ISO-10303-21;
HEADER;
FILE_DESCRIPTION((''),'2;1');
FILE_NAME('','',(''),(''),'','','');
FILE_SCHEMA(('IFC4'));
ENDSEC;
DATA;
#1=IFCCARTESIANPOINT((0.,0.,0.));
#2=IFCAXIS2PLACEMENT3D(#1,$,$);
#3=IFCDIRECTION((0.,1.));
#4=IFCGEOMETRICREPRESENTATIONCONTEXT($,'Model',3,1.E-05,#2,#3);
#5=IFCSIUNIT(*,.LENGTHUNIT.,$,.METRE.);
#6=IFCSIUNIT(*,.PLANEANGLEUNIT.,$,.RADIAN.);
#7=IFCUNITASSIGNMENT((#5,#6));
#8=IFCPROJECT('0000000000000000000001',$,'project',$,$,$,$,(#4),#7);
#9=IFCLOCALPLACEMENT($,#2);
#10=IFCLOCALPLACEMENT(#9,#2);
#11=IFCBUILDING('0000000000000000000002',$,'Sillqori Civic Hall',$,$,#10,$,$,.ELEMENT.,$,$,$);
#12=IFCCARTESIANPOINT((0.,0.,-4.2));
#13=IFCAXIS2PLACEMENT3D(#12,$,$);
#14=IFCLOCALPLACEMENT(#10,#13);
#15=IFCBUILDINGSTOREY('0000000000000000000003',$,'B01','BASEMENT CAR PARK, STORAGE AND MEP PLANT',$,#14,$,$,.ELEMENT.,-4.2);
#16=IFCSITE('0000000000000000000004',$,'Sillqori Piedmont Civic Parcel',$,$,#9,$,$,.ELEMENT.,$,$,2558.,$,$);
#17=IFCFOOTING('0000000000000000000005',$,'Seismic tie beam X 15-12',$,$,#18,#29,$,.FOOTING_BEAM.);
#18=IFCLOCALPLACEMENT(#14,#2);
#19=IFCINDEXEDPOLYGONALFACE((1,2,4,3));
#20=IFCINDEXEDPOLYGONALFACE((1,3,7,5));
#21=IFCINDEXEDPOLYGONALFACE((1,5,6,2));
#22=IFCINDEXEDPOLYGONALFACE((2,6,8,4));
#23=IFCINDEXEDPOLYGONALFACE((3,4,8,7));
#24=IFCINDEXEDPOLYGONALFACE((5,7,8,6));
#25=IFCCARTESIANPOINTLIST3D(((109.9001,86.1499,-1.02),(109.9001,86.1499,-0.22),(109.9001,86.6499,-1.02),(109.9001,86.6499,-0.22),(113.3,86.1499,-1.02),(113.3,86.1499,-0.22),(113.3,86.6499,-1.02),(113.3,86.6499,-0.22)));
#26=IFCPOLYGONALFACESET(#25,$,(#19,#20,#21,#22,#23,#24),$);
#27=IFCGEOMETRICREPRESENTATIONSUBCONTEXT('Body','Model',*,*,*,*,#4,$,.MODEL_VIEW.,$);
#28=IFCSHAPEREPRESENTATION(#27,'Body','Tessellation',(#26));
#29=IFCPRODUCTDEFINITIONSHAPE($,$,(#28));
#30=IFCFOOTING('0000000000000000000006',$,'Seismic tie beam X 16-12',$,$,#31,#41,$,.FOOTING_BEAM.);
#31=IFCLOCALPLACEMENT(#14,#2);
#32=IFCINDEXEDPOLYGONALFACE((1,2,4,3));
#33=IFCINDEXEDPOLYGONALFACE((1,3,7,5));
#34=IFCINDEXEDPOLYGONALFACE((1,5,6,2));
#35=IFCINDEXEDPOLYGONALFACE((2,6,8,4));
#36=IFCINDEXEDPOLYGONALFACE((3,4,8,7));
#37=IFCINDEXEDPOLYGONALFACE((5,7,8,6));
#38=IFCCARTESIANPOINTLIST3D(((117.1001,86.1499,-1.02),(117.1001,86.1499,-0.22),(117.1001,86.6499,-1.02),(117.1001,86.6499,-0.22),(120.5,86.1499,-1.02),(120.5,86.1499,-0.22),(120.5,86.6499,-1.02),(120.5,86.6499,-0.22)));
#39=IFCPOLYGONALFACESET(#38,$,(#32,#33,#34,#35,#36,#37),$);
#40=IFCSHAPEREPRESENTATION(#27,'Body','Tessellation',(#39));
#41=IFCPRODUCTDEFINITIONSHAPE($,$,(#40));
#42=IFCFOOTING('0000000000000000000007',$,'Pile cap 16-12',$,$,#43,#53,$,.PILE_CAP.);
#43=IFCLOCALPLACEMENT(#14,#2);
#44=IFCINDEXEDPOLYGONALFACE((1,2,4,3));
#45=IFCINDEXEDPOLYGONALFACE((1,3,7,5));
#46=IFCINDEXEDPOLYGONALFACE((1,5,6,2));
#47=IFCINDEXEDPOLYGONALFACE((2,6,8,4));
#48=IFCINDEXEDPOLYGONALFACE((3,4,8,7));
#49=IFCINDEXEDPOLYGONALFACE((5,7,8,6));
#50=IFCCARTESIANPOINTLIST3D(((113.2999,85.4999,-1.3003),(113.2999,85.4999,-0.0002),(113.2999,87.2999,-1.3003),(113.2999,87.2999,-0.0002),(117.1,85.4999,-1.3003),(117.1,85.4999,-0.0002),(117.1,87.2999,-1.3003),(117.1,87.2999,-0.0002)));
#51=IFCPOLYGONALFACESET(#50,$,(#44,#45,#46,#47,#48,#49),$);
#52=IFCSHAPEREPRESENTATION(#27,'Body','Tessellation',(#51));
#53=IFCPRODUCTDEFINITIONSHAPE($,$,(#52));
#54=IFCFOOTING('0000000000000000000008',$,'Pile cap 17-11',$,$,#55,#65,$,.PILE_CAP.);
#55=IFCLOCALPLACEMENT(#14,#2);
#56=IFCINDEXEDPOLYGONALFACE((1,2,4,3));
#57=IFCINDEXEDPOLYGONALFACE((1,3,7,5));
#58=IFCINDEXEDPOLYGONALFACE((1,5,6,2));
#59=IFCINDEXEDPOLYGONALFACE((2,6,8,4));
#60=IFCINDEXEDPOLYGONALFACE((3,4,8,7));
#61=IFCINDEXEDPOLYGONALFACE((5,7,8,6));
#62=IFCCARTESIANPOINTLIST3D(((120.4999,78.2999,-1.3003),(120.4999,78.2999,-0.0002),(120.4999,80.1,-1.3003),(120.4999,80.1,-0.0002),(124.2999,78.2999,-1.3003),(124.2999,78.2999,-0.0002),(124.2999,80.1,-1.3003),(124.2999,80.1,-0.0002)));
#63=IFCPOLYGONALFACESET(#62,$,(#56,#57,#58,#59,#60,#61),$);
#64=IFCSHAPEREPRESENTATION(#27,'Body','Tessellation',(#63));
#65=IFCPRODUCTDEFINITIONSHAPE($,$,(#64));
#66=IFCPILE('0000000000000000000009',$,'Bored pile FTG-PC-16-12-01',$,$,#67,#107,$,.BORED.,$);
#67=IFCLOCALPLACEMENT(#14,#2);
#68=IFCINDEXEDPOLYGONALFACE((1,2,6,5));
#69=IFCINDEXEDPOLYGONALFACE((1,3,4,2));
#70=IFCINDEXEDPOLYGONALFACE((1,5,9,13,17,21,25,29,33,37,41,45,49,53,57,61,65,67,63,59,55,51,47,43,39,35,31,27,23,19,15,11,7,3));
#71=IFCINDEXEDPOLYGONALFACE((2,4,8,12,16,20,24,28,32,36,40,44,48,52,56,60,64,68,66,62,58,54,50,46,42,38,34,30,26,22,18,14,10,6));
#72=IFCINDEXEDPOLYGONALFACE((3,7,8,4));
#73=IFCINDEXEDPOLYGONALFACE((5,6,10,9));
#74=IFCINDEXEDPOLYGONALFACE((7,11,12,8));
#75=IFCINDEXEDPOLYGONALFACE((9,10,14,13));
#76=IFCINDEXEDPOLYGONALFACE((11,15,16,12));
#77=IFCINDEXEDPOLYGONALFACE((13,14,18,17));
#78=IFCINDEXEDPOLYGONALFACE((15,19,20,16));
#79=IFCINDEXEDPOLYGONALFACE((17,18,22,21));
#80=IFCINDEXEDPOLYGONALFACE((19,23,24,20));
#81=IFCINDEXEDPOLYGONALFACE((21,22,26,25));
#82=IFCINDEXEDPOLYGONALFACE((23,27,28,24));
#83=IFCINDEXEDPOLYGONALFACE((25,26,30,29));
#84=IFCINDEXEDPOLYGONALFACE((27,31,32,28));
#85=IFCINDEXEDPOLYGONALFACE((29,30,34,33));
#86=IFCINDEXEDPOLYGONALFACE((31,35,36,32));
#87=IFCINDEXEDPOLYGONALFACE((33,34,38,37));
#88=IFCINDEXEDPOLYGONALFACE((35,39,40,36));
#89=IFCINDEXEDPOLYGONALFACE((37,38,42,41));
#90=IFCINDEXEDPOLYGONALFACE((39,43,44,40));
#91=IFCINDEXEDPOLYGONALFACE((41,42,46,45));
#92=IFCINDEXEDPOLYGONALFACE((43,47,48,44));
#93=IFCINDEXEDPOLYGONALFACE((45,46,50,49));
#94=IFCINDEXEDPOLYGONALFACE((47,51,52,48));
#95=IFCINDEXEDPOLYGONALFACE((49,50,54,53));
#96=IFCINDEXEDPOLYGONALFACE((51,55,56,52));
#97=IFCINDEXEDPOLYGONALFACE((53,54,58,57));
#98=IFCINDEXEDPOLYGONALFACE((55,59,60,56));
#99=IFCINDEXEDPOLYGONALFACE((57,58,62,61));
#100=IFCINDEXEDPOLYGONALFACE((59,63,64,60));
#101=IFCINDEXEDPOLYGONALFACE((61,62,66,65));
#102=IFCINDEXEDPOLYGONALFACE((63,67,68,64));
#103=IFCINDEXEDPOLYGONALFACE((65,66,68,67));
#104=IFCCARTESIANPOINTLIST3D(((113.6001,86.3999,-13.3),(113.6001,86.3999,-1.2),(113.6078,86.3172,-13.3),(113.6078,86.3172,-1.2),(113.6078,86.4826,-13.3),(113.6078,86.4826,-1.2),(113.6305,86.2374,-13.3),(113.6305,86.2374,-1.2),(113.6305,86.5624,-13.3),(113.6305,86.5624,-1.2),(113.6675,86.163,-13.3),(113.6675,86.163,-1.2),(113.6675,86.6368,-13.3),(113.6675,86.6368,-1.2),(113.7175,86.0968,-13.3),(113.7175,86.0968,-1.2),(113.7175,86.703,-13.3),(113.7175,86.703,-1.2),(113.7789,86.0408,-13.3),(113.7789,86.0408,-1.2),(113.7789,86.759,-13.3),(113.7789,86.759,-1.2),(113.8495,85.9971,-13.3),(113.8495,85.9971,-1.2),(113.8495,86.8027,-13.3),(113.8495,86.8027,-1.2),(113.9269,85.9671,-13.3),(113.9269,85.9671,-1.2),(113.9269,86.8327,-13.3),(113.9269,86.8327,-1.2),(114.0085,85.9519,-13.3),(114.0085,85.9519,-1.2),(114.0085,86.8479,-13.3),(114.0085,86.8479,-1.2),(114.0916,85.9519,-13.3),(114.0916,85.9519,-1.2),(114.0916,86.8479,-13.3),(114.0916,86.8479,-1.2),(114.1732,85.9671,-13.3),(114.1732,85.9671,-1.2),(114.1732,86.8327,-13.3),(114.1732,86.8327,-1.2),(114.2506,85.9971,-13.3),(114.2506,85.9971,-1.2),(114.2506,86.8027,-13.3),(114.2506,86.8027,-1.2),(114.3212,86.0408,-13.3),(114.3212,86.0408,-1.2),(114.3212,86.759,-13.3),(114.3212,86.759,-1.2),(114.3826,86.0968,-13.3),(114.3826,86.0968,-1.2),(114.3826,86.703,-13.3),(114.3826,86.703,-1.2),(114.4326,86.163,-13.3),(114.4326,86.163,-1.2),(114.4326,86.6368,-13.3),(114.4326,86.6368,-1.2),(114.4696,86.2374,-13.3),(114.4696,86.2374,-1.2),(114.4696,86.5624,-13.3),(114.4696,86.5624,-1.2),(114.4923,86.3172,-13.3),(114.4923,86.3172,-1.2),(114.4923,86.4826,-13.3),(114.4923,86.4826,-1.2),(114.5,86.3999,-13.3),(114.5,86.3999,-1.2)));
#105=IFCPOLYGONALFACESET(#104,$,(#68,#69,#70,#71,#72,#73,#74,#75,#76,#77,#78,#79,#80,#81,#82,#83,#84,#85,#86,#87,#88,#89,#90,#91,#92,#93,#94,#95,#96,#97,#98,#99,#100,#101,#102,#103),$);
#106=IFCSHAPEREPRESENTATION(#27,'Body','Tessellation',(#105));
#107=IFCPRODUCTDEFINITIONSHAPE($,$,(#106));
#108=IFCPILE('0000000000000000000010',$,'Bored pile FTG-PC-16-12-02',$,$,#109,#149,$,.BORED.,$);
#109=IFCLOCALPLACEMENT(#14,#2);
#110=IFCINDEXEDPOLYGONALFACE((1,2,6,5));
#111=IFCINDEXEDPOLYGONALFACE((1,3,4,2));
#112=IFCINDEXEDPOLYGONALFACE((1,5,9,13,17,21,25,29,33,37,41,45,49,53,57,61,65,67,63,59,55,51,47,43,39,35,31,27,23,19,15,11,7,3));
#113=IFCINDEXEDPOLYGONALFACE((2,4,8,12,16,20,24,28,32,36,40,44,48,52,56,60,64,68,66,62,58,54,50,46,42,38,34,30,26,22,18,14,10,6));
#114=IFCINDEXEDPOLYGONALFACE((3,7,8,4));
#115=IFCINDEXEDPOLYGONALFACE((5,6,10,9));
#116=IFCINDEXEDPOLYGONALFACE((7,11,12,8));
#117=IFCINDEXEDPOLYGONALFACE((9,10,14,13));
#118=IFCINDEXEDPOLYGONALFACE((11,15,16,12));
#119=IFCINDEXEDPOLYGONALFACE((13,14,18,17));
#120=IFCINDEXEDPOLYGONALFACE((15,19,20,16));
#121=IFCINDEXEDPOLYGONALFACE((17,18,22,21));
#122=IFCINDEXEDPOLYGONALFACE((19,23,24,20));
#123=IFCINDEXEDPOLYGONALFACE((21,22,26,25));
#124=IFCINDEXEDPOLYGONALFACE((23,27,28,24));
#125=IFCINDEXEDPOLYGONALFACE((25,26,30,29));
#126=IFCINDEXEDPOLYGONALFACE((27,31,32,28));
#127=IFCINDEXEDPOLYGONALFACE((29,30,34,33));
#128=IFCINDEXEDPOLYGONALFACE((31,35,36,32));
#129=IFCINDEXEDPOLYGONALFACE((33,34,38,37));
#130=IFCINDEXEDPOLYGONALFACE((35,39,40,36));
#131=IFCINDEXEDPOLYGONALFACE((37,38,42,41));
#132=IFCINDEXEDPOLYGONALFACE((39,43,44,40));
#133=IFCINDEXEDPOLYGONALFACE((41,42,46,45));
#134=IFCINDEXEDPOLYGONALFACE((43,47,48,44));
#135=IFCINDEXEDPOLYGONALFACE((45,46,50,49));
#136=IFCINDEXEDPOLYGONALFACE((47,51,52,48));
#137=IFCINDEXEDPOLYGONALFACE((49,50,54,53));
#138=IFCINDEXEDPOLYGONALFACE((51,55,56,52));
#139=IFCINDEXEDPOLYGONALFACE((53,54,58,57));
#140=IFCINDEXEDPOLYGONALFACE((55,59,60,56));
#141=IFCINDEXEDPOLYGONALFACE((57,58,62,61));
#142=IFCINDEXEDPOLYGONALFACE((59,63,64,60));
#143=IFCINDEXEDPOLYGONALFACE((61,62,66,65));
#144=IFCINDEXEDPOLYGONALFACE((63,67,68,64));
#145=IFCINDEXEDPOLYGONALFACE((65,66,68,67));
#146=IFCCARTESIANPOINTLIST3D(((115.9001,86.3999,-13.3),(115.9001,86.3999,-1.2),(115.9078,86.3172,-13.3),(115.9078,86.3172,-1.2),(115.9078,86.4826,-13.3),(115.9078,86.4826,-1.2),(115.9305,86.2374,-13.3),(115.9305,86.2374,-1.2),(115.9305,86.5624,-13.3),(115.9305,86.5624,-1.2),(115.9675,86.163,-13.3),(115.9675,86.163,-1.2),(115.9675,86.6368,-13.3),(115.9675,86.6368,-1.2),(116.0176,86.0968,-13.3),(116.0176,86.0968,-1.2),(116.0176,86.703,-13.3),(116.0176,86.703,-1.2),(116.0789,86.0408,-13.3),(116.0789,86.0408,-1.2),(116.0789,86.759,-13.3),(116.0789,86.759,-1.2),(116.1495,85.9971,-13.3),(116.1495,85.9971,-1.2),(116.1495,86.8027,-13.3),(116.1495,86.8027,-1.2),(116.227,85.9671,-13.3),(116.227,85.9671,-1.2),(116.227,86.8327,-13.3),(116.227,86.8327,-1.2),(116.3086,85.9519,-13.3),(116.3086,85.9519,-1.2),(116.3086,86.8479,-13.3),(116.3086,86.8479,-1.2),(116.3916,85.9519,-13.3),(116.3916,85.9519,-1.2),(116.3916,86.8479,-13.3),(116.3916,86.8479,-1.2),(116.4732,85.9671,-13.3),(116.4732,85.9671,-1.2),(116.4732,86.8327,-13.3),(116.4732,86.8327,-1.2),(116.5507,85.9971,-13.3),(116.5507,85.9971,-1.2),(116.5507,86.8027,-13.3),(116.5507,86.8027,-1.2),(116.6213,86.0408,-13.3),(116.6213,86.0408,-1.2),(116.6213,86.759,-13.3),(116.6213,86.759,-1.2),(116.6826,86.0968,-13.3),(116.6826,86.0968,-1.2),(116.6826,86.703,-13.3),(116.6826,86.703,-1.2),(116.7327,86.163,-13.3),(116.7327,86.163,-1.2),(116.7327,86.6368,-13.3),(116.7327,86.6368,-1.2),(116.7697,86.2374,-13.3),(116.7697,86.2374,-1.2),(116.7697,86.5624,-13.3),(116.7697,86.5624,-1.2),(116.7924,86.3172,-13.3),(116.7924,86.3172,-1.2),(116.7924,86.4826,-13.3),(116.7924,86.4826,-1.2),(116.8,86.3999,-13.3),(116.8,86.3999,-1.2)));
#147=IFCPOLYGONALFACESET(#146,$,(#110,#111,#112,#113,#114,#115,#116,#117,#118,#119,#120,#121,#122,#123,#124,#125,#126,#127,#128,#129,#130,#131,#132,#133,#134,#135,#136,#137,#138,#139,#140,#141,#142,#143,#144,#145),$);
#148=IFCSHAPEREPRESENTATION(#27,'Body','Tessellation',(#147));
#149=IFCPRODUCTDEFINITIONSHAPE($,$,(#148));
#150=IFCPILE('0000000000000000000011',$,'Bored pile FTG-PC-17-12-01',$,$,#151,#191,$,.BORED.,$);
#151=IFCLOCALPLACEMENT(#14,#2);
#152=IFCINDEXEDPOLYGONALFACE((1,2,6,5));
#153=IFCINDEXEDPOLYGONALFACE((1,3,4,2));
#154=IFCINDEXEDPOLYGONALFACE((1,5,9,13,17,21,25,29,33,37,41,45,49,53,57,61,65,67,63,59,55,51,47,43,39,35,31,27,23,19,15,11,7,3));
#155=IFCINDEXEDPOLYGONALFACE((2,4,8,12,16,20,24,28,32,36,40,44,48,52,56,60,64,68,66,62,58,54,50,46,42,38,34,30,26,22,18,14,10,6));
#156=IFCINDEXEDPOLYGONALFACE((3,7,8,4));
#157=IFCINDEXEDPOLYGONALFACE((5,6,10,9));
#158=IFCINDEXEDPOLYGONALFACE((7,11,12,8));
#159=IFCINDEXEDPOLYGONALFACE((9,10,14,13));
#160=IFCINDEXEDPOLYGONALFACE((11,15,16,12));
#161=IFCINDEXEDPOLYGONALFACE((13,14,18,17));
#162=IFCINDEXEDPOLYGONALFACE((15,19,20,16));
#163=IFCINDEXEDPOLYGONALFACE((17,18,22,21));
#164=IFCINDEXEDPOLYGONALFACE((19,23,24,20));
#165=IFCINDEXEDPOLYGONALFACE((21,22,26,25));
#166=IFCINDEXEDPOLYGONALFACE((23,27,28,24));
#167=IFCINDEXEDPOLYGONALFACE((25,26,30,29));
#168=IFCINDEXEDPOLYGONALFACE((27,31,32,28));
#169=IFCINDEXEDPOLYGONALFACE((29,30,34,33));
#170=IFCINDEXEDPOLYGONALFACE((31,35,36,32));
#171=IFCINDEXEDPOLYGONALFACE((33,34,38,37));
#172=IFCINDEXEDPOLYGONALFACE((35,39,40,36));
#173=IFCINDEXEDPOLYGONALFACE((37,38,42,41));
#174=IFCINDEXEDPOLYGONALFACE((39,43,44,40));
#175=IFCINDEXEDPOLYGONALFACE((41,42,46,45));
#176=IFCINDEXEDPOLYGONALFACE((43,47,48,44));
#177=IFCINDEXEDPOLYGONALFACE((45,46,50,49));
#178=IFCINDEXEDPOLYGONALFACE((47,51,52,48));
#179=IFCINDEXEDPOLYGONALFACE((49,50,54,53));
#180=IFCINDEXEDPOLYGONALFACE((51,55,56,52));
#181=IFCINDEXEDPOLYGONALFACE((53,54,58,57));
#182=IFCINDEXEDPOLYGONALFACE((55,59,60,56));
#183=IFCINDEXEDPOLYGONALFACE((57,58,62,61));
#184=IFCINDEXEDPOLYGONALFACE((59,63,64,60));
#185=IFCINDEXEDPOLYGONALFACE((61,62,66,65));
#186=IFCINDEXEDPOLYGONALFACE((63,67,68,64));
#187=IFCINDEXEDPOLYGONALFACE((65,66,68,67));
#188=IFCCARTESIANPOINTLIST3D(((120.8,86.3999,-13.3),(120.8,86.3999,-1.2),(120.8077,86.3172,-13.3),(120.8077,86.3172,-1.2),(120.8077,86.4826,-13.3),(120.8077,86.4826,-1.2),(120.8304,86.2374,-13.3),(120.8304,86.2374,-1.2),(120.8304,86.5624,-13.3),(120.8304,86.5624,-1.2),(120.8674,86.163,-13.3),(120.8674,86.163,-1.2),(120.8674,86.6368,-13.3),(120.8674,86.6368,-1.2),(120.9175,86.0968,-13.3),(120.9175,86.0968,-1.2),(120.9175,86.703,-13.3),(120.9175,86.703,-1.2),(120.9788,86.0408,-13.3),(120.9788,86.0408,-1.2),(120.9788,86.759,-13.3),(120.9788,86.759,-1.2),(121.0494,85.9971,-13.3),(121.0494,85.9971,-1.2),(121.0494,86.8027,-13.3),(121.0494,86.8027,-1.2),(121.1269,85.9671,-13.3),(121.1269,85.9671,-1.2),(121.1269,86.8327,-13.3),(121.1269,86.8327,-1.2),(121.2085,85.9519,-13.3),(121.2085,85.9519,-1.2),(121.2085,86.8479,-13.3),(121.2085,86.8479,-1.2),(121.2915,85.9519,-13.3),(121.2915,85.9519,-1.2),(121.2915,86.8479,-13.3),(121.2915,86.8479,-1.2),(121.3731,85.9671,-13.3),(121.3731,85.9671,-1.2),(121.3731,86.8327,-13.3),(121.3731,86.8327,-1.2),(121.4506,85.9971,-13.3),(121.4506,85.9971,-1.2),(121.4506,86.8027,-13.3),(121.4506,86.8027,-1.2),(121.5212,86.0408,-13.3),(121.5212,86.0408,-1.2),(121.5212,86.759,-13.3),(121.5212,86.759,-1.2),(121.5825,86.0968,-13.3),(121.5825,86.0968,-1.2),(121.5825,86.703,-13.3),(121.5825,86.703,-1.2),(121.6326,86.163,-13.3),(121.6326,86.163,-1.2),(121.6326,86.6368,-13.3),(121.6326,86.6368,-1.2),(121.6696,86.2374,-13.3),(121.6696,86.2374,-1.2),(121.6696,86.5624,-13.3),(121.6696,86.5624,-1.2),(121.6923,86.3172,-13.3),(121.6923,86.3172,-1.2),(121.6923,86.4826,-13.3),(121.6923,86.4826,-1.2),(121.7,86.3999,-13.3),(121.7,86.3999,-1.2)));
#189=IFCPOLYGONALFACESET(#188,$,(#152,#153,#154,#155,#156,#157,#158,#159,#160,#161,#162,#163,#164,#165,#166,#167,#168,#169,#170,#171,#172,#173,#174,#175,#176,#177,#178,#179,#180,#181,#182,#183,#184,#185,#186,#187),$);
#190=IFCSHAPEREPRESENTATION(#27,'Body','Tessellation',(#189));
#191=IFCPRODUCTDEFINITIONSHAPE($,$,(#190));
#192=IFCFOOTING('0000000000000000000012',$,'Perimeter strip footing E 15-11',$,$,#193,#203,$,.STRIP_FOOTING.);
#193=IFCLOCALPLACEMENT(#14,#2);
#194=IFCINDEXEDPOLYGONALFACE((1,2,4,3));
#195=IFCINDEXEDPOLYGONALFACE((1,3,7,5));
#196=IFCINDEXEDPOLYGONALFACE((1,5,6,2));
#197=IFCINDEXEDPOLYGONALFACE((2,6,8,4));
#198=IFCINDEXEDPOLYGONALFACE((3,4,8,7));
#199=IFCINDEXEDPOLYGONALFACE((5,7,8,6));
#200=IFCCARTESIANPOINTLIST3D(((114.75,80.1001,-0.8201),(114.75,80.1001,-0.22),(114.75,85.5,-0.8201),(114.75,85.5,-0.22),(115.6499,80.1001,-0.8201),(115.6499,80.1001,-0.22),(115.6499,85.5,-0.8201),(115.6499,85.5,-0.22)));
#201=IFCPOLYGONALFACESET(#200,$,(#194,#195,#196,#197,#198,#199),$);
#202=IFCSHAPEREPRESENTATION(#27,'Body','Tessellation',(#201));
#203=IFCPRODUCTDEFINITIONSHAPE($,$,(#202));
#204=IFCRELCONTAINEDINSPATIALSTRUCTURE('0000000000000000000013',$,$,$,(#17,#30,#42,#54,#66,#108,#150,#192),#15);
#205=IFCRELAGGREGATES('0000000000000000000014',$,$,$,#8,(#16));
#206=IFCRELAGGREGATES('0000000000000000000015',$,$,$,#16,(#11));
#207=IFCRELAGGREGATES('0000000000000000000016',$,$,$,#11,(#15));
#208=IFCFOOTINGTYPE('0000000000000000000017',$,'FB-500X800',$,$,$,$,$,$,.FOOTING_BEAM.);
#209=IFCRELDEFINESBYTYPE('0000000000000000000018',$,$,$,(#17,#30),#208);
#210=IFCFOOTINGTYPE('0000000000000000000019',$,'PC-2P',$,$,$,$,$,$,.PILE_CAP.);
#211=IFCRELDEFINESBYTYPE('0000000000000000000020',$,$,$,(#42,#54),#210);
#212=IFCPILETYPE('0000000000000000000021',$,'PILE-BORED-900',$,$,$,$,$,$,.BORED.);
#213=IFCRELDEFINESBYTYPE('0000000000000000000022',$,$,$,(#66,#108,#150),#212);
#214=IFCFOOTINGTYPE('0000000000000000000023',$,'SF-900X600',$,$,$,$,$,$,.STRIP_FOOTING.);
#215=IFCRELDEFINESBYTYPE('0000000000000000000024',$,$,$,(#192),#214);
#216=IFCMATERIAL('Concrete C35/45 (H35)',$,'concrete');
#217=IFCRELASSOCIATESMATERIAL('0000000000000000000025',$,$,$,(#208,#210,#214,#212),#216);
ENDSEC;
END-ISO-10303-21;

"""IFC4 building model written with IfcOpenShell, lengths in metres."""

from ifc_helpers import new_model, si_unit, direction, frame, origin, origin_2d, place, context, subcontext, project, spatial, rectangle, circle, extrude, material, material_profile, profile_set, type_object, element, save


model = new_model("IFC4")

# Units and contexts
model_context = context("Model", 3, precision=1e-05, world=origin(), true_north=direction((0.0, 1.0)))
body_context = subcontext(model_context, "Body", "Model", "MODEL_VIEW")
ifc_project = project(units=[si_unit("LENGTHUNIT", "METRE"), si_unit("PLANEANGLEUNIT", "RADIAN")], contexts=[model_context])

# Site, building, storey
site_placement = place(None, origin())
site = spatial("IfcSite", under=ifc_project, at=site_placement, Name="Sillqori Piedmont Civic Parcel", CompositionType="ELEMENT", RefElevation=2558.0)
building_placement = place(site_placement, origin())
building = spatial("IfcBuilding", under=site, at=building_placement, Name="Sillqori Civic Hall", CompositionType="ELEMENT")
storey_placement = place(building_placement, frame((0.0, 0.0, -4.2)))
storey = spatial("IfcBuildingStorey", under=building, at=storey_placement, Name="B01", Description="BASEMENT CAR PARK, STORAGE AND MEP PLANT", CompositionType="ELEMENT", Elevation=-4.2)

# Footings
ifc_material_1 = material(Name="Concrete C35/45 (H35)", Category="concrete")
footing_type_1 = type_object("IfcFootingType", Name="FB-500X800", PredefinedType="FOOTING_BEAM", material=ifc_material_1)
for number, where, z_axis, x_axis, name in (
    (1, (111.6001, 86.3999, -1.02), (0.0, 0.0, 1.0), (1.0, 0.0, 0.0), "Seismic tie beam X 15-12"),
    (2, (118.8, 86.3999, -1.02), (0.0, 0.0, 1.0), (1.0, 0.0, 0.0), "Seismic tie beam X 16-12"),
):
    element("IfcFooting", number, at=place(storey_placement, frame(where, z_axis=z_axis, x_axis=x_axis)), inside=storey, type_object=footing_type_1, Name=name, PredefinedType="FOOTING_BEAM", context=body_context, shape_type="SweptSolid", body=[
        extrude(rectangle(XDim=3.3999, YDim=0.5, at=origin_2d()), origin(), (0.0, 0.0, 1.0), 0.8),
    ])
footing_type_2 = type_object("IfcFootingType", Name="PC-2P", PredefinedType="PILE_CAP", material=ifc_material_1)
for number, where, z_axis, x_axis, name in (
    (3, (115.2, 86.3999, -1.3003), (0.0, 0.0, 1.0), (1.0, 0.0, 0.0), "Pile cap 16-12"),
    (4, (122.3999, 79.2, -1.3003), (0.0, 0.0, 1.0), (1.0, 0.0, 0.0), "Pile cap 17-11"),
):
    element("IfcFooting", number, at=place(storey_placement, frame(where, z_axis=z_axis, x_axis=x_axis)), inside=storey, type_object=footing_type_2, Name=name, PredefinedType="PILE_CAP", context=body_context, shape_type="SweptSolid", body=[
        extrude(rectangle(XDim=3.8, YDim=1.8, at=origin_2d()), origin(), (0.0, 0.0, 1.0), 1.3),
    ])

# Piles
ifc_material_profile_1 = material_profile(ifc_material_1, circle(Radius=0.45, at=origin_2d()), Name="BORED PILE 900")
ifc_profile_set_1 = profile_set([ifc_material_profile_1], Name="Concrete C35/45 (H35)")
pile_type = type_object("IfcPileType", Name="PILE-BORED-900", PredefinedType="BORED", material=ifc_profile_set_1)
for number, where, z_axis, x_axis, name in (
    (5, (114.05, 86.3999, -1.2), (0.0, 0.0, -1.0), (1.0, 0.0, 0.0), "Bored pile FTG-PC-16-12-01"),
    (6, (116.3501, 86.3999, -1.2), (0.0, 0.0, -1.0), (1.0, 0.0, 0.0), "Bored pile FTG-PC-16-12-02"),
    (7, (121.25, 86.3999, -1.2), (0.0, 0.0, -1.0), (1.0, 0.0, 0.0), "Bored pile FTG-PC-17-12-01"),
):
    element("IfcPile", number, at=place(storey_placement, frame(where, z_axis=z_axis, x_axis=x_axis)), inside=storey, type_object=pile_type, Name=name, PredefinedType="BORED", context=body_context, shape_type="SweptSolid", body=[
        extrude(circle(Radius=0.45, at=origin_2d()), origin(), (0.0, 0.0, 1.0), 12.1001),
    ])

# Footing
footing_type_3 = type_object("IfcFootingType", Name="SF-900X600", PredefinedType="STRIP_FOOTING", material=ifc_material_1)
footing_1_placement = place(storey_placement, frame((115.2, 82.8, -0.8201), z_axis=(0.0, 0.0, 1.0), x_axis=(1.0, 0.0, 0.0)))
element("IfcFooting", 8, at=footing_1_placement, inside=storey, type_object=footing_type_3, Name="Perimeter strip footing E 15-11", PredefinedType="STRIP_FOOTING", context=body_context, shape_type="SweptSolid", body=[
    extrude(rectangle(XDim=0.8999, YDim=5.3999, at=origin_2d()), origin(), (0.0, 0.0, 1.0), 0.6001),
])

save(model, "model.ifc")
